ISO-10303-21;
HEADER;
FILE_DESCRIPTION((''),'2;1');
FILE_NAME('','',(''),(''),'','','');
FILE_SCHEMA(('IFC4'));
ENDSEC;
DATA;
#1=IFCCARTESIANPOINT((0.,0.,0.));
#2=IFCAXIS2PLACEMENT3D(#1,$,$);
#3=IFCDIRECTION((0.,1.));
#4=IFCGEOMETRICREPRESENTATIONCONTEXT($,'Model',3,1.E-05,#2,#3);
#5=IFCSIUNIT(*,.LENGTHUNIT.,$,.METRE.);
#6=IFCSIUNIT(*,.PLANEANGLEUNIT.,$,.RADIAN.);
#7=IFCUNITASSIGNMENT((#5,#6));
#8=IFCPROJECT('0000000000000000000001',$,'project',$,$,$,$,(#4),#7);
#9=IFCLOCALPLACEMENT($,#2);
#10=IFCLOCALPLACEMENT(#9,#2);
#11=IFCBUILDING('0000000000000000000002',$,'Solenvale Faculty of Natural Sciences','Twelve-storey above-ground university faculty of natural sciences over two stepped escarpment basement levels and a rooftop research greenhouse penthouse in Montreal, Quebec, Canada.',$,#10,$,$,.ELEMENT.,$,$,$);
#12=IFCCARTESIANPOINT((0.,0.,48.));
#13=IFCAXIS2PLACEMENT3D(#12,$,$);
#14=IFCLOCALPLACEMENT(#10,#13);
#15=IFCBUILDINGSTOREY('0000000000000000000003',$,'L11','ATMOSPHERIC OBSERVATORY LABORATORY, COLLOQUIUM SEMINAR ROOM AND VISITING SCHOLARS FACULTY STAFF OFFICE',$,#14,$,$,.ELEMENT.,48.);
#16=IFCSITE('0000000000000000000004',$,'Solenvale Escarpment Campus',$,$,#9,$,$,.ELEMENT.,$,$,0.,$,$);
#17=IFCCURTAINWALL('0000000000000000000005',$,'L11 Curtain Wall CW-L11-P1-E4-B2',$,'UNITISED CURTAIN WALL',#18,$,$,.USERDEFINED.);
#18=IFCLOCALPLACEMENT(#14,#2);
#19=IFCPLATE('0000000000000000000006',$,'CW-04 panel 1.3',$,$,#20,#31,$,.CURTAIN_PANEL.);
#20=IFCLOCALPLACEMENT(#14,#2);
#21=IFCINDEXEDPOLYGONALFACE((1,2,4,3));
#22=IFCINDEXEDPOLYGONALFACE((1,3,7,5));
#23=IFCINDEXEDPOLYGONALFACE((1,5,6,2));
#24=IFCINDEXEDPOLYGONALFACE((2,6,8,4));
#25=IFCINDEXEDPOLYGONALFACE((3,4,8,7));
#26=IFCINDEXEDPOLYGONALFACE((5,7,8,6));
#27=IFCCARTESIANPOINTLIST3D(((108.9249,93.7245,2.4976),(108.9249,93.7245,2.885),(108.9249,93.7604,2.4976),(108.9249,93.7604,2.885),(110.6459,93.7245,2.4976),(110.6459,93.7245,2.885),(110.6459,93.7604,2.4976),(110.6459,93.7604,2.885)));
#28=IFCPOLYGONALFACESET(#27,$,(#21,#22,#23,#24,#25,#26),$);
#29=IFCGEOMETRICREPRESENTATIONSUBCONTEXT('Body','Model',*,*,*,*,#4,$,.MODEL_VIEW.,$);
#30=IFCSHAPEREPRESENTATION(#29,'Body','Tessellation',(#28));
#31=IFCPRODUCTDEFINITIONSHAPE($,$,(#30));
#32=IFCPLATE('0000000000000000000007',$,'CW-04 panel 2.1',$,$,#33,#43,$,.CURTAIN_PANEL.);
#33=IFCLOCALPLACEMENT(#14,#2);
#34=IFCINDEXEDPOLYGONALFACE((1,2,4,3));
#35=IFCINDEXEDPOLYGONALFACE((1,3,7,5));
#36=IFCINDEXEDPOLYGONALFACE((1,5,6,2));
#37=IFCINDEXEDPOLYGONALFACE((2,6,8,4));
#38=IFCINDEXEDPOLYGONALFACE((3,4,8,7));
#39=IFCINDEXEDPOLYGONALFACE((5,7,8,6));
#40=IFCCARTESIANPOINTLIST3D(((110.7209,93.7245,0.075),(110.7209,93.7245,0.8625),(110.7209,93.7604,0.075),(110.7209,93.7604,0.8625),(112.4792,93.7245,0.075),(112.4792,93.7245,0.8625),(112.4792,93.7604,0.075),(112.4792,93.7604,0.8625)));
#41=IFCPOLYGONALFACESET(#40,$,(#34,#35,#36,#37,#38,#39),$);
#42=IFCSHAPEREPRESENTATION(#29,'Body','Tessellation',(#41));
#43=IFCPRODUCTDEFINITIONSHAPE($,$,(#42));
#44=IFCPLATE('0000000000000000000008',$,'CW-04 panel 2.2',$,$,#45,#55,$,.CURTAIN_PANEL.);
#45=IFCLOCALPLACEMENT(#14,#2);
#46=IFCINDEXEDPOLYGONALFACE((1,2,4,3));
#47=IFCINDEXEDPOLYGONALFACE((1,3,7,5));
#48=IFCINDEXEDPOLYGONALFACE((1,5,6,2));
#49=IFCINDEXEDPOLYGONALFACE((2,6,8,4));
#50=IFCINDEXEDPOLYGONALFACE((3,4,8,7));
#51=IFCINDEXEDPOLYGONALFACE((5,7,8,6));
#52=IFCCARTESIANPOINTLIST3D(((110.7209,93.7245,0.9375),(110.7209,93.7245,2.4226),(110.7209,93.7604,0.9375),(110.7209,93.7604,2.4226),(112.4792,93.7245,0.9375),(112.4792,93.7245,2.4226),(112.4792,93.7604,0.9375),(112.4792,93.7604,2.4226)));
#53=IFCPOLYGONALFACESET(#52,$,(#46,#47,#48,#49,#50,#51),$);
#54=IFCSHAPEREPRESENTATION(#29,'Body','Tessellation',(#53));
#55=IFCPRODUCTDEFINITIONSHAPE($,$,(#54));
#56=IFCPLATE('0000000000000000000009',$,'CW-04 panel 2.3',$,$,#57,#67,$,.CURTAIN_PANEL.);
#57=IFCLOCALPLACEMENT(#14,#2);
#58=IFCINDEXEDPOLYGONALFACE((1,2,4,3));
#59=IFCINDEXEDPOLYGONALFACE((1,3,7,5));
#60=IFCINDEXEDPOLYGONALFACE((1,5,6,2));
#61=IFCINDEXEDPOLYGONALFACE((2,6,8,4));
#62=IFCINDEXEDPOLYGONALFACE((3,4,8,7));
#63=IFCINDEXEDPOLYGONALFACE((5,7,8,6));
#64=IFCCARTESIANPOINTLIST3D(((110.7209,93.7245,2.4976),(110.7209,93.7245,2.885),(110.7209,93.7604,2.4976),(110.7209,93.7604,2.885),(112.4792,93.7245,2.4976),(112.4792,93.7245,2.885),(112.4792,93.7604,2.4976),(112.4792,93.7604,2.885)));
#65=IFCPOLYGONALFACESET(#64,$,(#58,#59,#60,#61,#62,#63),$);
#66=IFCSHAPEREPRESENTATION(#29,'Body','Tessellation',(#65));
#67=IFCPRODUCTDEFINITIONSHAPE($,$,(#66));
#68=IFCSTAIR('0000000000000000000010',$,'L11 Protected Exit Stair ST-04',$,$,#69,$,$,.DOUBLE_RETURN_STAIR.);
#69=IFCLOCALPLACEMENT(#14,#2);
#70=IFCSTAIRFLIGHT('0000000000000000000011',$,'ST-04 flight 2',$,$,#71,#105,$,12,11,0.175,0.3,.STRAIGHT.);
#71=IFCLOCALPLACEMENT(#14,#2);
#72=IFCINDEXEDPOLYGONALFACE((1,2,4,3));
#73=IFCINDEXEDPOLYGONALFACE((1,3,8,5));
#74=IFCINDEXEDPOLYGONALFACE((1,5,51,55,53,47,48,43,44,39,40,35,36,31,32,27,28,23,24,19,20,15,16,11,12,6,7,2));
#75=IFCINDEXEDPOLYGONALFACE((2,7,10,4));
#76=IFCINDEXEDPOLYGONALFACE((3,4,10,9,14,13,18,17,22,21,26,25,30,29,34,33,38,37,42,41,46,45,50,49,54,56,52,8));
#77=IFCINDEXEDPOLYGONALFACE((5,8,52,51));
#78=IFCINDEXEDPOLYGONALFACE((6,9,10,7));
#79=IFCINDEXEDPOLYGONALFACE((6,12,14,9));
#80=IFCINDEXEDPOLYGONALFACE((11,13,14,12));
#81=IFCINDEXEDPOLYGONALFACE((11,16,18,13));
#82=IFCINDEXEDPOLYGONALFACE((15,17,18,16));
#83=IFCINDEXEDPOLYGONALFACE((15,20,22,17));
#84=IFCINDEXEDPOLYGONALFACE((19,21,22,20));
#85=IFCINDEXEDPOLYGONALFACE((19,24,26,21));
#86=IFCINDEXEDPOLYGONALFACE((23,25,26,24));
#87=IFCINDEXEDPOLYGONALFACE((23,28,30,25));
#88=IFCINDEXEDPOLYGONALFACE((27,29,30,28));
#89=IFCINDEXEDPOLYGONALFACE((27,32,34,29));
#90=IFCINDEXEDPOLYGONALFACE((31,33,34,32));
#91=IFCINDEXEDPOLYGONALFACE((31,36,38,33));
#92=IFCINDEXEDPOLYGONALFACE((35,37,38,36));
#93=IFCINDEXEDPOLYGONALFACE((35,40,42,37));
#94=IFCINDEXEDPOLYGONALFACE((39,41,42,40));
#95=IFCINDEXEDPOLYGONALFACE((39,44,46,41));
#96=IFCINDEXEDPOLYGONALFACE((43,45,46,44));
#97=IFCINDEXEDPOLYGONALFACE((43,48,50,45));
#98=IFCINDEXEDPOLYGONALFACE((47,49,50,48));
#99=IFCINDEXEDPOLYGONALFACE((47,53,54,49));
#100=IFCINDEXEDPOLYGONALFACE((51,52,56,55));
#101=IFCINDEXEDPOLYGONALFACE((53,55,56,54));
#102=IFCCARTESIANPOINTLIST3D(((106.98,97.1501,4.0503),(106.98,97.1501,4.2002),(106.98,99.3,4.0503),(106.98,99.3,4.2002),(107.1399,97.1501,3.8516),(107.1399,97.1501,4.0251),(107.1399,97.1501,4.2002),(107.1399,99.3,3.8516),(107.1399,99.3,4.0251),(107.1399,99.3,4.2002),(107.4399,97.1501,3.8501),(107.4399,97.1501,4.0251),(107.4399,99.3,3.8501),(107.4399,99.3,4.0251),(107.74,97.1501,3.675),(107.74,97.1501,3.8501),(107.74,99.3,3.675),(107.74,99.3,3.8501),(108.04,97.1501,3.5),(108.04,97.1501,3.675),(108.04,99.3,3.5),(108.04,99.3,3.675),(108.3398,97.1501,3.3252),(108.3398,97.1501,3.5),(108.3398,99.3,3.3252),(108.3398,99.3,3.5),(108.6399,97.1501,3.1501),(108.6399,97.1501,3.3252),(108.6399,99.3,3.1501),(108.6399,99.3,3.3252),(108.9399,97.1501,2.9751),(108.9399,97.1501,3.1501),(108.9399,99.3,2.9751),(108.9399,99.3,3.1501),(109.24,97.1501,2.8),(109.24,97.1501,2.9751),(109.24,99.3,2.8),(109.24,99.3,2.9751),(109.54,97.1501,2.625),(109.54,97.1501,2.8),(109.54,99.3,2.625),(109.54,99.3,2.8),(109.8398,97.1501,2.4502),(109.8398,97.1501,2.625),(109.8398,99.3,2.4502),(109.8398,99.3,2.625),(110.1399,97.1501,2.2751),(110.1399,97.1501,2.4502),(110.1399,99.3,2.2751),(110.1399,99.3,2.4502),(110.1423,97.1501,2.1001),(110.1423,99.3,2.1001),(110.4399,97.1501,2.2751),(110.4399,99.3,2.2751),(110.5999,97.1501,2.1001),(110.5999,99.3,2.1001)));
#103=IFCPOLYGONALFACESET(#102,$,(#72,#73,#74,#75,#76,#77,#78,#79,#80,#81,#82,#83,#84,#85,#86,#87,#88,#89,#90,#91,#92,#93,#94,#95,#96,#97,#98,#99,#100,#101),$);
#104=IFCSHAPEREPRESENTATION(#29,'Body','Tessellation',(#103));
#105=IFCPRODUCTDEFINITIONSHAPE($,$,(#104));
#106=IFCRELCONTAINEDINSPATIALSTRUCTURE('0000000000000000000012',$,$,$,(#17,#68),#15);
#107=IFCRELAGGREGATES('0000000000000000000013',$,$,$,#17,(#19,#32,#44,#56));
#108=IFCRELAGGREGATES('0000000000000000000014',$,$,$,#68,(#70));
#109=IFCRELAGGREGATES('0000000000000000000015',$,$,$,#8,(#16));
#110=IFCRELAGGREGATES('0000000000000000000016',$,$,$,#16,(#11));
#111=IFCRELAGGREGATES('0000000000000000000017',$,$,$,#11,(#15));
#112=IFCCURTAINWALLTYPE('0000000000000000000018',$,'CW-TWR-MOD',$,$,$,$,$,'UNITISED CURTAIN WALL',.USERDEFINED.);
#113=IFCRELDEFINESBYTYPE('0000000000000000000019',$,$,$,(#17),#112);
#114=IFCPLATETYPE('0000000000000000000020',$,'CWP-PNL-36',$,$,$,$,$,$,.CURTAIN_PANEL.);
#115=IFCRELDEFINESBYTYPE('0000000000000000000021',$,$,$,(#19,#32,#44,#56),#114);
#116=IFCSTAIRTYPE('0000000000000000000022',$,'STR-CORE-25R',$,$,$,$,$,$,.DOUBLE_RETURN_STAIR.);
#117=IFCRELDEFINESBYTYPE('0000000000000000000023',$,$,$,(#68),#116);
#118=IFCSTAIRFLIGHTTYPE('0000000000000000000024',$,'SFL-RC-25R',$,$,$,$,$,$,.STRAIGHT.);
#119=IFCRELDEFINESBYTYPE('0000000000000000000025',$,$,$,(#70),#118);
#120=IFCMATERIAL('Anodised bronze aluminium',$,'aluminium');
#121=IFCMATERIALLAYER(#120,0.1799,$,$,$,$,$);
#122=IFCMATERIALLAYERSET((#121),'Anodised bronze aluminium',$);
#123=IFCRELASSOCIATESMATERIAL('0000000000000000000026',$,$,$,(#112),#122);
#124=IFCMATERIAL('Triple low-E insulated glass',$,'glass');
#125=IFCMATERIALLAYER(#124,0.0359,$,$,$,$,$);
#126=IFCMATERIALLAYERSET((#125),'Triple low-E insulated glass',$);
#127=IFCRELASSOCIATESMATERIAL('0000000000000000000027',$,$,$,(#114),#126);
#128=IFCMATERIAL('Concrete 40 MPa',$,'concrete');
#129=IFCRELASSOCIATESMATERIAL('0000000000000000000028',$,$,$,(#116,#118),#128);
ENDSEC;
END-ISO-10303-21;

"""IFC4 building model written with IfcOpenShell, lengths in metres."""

from ifc_helpers import new_model, si_unit, direction, frame, origin, origin_2d, place, context, subcontext, project, spatial, polyline, rectangle, outline, extrude, material, layer, layer_set, type_object, element, aggregate, save


model = new_model("IFC4")

# Units and contexts
model_context = context("Model", 3, precision=1e-05, world=origin(), true_north=direction((0.0, 1.0)))
body_context = subcontext(model_context, "Body", "Model", "MODEL_VIEW")
ifc_project = project(units=[si_unit("LENGTHUNIT", "METRE"), si_unit("PLANEANGLEUNIT", "RADIAN")], contexts=[model_context])

# Site, building, storey
site_placement = place(None, origin())
site = spatial("IfcSite", under=ifc_project, at=site_placement, Name="Solenvale Escarpment Campus", CompositionType="ELEMENT", RefElevation=0.0)
building_placement = place(site_placement, origin())
building = spatial("IfcBuilding", under=site, at=building_placement, Name="Solenvale Faculty of Natural Sciences", Description="Twelve-storey above-ground university faculty of natural sciences over two stepped escarpment basement levels and a rooftop research greenhouse penthouse in Montreal, Quebec, Canada.", CompositionType="ELEMENT")
storey_placement = place(building_placement, frame((0.0, 0.0, 48.0)))
storey = spatial("IfcBuildingStorey", under=building, at=storey_placement, Name="L11", Description="ATMOSPHERIC OBSERVATORY LABORATORY, COLLOQUIUM SEMINAR ROOM AND VISITING SCHOLARS FACULTY STAFF OFFICE", CompositionType="ELEMENT", Elevation=48.0)

# Shared definitions
ifc_material_1 = material(Name="Concrete 40 MPa", Category="concrete")

# Curtain wall, plates
ifc_material_2 = material(Name="Anodised bronze aluminium", Category="aluminium")
ifc_layer_1 = layer(ifc_material_2, 0.1799)
ifc_layer_set_1 = layer_set([ifc_layer_1], Name="Anodised bronze aluminium")
curtain_wall_type = type_object("IfcCurtainWallType", Name="CW-TWR-MOD", ElementType="UNITISED CURTAIN WALL", PredefinedType="USERDEFINED", material=ifc_layer_set_1)
curtain_wall_placement = place(storey_placement, origin())
curtain_wall = element("IfcCurtainWall", 1, at=curtain_wall_placement, inside=storey, type_object=curtain_wall_type, Name="L11 Curtain Wall CW-L11-P1-E4-B2", ObjectType="UNITISED CURTAIN WALL", PredefinedType="USERDEFINED")
ifc_material_3 = material(Name="Triple low-E insulated glass", Category="glass")
ifc_layer_2 = layer(ifc_material_3, 0.0359)
ifc_layer_set_2 = layer_set([ifc_layer_2], Name="Triple low-E insulated glass")
plate_type = type_object("IfcPlateType", Name="CWP-PNL-36", PredefinedType="CURTAIN_PANEL", material=ifc_layer_set_2)
plate_1_placement = place(storey_placement, frame((109.7854, 93.7424, 2.4976), z_axis=(0.0, 0.0, 1.0), x_axis=(1.0, 0.0, 0.0)))
plate_1 = element("IfcPlate", 2, at=plate_1_placement, type_object=plate_type, Name="CW-04 panel 1.3", PredefinedType="CURTAIN_PANEL", context=body_context, shape_type="SweptSolid", body=[
    extrude(rectangle(XDim=1.7209, YDim=0.0359, at=origin_2d()), origin(), (0.0, 0.0, 1.0), 0.3875),
])
plate_2_placement = place(storey_placement, frame((111.6001, 93.7424, 0.075), z_axis=(0.0, 0.0, 1.0), x_axis=(1.0, 0.0, 0.0)))
plate_2 = element("IfcPlate", 3, at=plate_2_placement, type_object=plate_type, Name="CW-04 panel 2.1", PredefinedType="CURTAIN_PANEL", context=body_context, shape_type="SweptSolid", body=[
    extrude(rectangle(XDim=1.7583, YDim=0.0359, at=origin_2d()), origin(), (0.0, 0.0, 1.0), 0.7876),
])
plate_3_placement = place(storey_placement, frame((111.6001, 93.7424, 0.9375), z_axis=(0.0, 0.0, 1.0), x_axis=(1.0, 0.0, 0.0)))
plate_3 = element("IfcPlate", 4, at=plate_3_placement, type_object=plate_type, Name="CW-04 panel 2.2", PredefinedType="CURTAIN_PANEL", context=body_context, shape_type="SweptSolid", body=[
    extrude(rectangle(XDim=1.7583, YDim=0.0359, at=origin_2d()), origin(), (0.0, 0.0, 1.0), 1.4851),
])
plate_4_placement = place(storey_placement, frame((111.6001, 93.7424, 2.4976), z_axis=(0.0, 0.0, 1.0), x_axis=(1.0, 0.0, 0.0)))
plate_4 = element("IfcPlate", 5, at=plate_4_placement, type_object=plate_type, Name="CW-04 panel 2.3", PredefinedType="CURTAIN_PANEL", context=body_context, shape_type="SweptSolid", body=[
    extrude(rectangle(XDim=1.7583, YDim=0.0359, at=origin_2d()), origin(), (0.0, 0.0, 1.0), 0.3875),
])
aggregate(curtain_wall, [plate_1, plate_2, plate_3, plate_4])

# Stair, stair flight
stair_type = type_object("IfcStairType", Name="STR-CORE-25R", PredefinedType="DOUBLE_RETURN_STAIR", material=ifc_material_1)
stair_placement = place(storey_placement, origin())
stair = element("IfcStair", 6, at=stair_placement, inside=storey, type_object=stair_type, Name="L11 Protected Exit Stair ST-04", PredefinedType="DOUBLE_RETURN_STAIR")
stair_flight_type = type_object("IfcStairFlightType", Name="SFL-RC-25R", PredefinedType="STRAIGHT", material=ifc_material_1)
stair_flight_placement = place(storey_placement, frame((110.4399, 98.2251, 2.1001), z_axis=(0.0, 0.0, 1.0), x_axis=(-1.0, 0.0, 0.0)))
stair_flight = element("IfcStairFlight", 7, at=stair_flight_placement, type_object=stair_flight_type, Name="ST-04 flight 2", NumberOfRisers=12, NumberOfTreads=11, PredefinedType="STRAIGHT", RiserHeight=0.175, TreadLength=0.3, context=body_context, shape_type="SweptSolid", body=[
    extrude(outline(polyline([(-0.1599, 0.0), (0.0, 0.175), (0.3, 0.175), (0.3, 0.3501), (0.6001, 0.3501), (0.6001, 0.5249), (0.8999, 0.5249), (0.8999, 0.7), (1.2, 0.7), (1.2, 0.875), (1.5, 0.875), (1.5, 1.05), (1.8, 1.05), (1.8, 1.2251), (2.1001, 1.2251), (2.1001, 1.3999), (2.3999, 1.3999), (2.3999, 1.575), (2.7, 1.575), (2.7, 1.75), (3.0, 1.75), (3.0, 1.925), (3.3, 1.925), (3.3, 2.1001), (3.46, 2.1001), (3.46, 1.9502), (3.3, 1.7515), (0.2976, 0.0), (-0.1599, 0.0)])), frame((0.0, 1.075, 0.0), z_axis=(0.0, -1.0, 0.0), x_axis=(1.0, 0.0, 0.0)), (0.0, 0.0, 1.0), 2.1499),
])
aggregate(stair, [stair_flight])

save(model, "model.ifc")
